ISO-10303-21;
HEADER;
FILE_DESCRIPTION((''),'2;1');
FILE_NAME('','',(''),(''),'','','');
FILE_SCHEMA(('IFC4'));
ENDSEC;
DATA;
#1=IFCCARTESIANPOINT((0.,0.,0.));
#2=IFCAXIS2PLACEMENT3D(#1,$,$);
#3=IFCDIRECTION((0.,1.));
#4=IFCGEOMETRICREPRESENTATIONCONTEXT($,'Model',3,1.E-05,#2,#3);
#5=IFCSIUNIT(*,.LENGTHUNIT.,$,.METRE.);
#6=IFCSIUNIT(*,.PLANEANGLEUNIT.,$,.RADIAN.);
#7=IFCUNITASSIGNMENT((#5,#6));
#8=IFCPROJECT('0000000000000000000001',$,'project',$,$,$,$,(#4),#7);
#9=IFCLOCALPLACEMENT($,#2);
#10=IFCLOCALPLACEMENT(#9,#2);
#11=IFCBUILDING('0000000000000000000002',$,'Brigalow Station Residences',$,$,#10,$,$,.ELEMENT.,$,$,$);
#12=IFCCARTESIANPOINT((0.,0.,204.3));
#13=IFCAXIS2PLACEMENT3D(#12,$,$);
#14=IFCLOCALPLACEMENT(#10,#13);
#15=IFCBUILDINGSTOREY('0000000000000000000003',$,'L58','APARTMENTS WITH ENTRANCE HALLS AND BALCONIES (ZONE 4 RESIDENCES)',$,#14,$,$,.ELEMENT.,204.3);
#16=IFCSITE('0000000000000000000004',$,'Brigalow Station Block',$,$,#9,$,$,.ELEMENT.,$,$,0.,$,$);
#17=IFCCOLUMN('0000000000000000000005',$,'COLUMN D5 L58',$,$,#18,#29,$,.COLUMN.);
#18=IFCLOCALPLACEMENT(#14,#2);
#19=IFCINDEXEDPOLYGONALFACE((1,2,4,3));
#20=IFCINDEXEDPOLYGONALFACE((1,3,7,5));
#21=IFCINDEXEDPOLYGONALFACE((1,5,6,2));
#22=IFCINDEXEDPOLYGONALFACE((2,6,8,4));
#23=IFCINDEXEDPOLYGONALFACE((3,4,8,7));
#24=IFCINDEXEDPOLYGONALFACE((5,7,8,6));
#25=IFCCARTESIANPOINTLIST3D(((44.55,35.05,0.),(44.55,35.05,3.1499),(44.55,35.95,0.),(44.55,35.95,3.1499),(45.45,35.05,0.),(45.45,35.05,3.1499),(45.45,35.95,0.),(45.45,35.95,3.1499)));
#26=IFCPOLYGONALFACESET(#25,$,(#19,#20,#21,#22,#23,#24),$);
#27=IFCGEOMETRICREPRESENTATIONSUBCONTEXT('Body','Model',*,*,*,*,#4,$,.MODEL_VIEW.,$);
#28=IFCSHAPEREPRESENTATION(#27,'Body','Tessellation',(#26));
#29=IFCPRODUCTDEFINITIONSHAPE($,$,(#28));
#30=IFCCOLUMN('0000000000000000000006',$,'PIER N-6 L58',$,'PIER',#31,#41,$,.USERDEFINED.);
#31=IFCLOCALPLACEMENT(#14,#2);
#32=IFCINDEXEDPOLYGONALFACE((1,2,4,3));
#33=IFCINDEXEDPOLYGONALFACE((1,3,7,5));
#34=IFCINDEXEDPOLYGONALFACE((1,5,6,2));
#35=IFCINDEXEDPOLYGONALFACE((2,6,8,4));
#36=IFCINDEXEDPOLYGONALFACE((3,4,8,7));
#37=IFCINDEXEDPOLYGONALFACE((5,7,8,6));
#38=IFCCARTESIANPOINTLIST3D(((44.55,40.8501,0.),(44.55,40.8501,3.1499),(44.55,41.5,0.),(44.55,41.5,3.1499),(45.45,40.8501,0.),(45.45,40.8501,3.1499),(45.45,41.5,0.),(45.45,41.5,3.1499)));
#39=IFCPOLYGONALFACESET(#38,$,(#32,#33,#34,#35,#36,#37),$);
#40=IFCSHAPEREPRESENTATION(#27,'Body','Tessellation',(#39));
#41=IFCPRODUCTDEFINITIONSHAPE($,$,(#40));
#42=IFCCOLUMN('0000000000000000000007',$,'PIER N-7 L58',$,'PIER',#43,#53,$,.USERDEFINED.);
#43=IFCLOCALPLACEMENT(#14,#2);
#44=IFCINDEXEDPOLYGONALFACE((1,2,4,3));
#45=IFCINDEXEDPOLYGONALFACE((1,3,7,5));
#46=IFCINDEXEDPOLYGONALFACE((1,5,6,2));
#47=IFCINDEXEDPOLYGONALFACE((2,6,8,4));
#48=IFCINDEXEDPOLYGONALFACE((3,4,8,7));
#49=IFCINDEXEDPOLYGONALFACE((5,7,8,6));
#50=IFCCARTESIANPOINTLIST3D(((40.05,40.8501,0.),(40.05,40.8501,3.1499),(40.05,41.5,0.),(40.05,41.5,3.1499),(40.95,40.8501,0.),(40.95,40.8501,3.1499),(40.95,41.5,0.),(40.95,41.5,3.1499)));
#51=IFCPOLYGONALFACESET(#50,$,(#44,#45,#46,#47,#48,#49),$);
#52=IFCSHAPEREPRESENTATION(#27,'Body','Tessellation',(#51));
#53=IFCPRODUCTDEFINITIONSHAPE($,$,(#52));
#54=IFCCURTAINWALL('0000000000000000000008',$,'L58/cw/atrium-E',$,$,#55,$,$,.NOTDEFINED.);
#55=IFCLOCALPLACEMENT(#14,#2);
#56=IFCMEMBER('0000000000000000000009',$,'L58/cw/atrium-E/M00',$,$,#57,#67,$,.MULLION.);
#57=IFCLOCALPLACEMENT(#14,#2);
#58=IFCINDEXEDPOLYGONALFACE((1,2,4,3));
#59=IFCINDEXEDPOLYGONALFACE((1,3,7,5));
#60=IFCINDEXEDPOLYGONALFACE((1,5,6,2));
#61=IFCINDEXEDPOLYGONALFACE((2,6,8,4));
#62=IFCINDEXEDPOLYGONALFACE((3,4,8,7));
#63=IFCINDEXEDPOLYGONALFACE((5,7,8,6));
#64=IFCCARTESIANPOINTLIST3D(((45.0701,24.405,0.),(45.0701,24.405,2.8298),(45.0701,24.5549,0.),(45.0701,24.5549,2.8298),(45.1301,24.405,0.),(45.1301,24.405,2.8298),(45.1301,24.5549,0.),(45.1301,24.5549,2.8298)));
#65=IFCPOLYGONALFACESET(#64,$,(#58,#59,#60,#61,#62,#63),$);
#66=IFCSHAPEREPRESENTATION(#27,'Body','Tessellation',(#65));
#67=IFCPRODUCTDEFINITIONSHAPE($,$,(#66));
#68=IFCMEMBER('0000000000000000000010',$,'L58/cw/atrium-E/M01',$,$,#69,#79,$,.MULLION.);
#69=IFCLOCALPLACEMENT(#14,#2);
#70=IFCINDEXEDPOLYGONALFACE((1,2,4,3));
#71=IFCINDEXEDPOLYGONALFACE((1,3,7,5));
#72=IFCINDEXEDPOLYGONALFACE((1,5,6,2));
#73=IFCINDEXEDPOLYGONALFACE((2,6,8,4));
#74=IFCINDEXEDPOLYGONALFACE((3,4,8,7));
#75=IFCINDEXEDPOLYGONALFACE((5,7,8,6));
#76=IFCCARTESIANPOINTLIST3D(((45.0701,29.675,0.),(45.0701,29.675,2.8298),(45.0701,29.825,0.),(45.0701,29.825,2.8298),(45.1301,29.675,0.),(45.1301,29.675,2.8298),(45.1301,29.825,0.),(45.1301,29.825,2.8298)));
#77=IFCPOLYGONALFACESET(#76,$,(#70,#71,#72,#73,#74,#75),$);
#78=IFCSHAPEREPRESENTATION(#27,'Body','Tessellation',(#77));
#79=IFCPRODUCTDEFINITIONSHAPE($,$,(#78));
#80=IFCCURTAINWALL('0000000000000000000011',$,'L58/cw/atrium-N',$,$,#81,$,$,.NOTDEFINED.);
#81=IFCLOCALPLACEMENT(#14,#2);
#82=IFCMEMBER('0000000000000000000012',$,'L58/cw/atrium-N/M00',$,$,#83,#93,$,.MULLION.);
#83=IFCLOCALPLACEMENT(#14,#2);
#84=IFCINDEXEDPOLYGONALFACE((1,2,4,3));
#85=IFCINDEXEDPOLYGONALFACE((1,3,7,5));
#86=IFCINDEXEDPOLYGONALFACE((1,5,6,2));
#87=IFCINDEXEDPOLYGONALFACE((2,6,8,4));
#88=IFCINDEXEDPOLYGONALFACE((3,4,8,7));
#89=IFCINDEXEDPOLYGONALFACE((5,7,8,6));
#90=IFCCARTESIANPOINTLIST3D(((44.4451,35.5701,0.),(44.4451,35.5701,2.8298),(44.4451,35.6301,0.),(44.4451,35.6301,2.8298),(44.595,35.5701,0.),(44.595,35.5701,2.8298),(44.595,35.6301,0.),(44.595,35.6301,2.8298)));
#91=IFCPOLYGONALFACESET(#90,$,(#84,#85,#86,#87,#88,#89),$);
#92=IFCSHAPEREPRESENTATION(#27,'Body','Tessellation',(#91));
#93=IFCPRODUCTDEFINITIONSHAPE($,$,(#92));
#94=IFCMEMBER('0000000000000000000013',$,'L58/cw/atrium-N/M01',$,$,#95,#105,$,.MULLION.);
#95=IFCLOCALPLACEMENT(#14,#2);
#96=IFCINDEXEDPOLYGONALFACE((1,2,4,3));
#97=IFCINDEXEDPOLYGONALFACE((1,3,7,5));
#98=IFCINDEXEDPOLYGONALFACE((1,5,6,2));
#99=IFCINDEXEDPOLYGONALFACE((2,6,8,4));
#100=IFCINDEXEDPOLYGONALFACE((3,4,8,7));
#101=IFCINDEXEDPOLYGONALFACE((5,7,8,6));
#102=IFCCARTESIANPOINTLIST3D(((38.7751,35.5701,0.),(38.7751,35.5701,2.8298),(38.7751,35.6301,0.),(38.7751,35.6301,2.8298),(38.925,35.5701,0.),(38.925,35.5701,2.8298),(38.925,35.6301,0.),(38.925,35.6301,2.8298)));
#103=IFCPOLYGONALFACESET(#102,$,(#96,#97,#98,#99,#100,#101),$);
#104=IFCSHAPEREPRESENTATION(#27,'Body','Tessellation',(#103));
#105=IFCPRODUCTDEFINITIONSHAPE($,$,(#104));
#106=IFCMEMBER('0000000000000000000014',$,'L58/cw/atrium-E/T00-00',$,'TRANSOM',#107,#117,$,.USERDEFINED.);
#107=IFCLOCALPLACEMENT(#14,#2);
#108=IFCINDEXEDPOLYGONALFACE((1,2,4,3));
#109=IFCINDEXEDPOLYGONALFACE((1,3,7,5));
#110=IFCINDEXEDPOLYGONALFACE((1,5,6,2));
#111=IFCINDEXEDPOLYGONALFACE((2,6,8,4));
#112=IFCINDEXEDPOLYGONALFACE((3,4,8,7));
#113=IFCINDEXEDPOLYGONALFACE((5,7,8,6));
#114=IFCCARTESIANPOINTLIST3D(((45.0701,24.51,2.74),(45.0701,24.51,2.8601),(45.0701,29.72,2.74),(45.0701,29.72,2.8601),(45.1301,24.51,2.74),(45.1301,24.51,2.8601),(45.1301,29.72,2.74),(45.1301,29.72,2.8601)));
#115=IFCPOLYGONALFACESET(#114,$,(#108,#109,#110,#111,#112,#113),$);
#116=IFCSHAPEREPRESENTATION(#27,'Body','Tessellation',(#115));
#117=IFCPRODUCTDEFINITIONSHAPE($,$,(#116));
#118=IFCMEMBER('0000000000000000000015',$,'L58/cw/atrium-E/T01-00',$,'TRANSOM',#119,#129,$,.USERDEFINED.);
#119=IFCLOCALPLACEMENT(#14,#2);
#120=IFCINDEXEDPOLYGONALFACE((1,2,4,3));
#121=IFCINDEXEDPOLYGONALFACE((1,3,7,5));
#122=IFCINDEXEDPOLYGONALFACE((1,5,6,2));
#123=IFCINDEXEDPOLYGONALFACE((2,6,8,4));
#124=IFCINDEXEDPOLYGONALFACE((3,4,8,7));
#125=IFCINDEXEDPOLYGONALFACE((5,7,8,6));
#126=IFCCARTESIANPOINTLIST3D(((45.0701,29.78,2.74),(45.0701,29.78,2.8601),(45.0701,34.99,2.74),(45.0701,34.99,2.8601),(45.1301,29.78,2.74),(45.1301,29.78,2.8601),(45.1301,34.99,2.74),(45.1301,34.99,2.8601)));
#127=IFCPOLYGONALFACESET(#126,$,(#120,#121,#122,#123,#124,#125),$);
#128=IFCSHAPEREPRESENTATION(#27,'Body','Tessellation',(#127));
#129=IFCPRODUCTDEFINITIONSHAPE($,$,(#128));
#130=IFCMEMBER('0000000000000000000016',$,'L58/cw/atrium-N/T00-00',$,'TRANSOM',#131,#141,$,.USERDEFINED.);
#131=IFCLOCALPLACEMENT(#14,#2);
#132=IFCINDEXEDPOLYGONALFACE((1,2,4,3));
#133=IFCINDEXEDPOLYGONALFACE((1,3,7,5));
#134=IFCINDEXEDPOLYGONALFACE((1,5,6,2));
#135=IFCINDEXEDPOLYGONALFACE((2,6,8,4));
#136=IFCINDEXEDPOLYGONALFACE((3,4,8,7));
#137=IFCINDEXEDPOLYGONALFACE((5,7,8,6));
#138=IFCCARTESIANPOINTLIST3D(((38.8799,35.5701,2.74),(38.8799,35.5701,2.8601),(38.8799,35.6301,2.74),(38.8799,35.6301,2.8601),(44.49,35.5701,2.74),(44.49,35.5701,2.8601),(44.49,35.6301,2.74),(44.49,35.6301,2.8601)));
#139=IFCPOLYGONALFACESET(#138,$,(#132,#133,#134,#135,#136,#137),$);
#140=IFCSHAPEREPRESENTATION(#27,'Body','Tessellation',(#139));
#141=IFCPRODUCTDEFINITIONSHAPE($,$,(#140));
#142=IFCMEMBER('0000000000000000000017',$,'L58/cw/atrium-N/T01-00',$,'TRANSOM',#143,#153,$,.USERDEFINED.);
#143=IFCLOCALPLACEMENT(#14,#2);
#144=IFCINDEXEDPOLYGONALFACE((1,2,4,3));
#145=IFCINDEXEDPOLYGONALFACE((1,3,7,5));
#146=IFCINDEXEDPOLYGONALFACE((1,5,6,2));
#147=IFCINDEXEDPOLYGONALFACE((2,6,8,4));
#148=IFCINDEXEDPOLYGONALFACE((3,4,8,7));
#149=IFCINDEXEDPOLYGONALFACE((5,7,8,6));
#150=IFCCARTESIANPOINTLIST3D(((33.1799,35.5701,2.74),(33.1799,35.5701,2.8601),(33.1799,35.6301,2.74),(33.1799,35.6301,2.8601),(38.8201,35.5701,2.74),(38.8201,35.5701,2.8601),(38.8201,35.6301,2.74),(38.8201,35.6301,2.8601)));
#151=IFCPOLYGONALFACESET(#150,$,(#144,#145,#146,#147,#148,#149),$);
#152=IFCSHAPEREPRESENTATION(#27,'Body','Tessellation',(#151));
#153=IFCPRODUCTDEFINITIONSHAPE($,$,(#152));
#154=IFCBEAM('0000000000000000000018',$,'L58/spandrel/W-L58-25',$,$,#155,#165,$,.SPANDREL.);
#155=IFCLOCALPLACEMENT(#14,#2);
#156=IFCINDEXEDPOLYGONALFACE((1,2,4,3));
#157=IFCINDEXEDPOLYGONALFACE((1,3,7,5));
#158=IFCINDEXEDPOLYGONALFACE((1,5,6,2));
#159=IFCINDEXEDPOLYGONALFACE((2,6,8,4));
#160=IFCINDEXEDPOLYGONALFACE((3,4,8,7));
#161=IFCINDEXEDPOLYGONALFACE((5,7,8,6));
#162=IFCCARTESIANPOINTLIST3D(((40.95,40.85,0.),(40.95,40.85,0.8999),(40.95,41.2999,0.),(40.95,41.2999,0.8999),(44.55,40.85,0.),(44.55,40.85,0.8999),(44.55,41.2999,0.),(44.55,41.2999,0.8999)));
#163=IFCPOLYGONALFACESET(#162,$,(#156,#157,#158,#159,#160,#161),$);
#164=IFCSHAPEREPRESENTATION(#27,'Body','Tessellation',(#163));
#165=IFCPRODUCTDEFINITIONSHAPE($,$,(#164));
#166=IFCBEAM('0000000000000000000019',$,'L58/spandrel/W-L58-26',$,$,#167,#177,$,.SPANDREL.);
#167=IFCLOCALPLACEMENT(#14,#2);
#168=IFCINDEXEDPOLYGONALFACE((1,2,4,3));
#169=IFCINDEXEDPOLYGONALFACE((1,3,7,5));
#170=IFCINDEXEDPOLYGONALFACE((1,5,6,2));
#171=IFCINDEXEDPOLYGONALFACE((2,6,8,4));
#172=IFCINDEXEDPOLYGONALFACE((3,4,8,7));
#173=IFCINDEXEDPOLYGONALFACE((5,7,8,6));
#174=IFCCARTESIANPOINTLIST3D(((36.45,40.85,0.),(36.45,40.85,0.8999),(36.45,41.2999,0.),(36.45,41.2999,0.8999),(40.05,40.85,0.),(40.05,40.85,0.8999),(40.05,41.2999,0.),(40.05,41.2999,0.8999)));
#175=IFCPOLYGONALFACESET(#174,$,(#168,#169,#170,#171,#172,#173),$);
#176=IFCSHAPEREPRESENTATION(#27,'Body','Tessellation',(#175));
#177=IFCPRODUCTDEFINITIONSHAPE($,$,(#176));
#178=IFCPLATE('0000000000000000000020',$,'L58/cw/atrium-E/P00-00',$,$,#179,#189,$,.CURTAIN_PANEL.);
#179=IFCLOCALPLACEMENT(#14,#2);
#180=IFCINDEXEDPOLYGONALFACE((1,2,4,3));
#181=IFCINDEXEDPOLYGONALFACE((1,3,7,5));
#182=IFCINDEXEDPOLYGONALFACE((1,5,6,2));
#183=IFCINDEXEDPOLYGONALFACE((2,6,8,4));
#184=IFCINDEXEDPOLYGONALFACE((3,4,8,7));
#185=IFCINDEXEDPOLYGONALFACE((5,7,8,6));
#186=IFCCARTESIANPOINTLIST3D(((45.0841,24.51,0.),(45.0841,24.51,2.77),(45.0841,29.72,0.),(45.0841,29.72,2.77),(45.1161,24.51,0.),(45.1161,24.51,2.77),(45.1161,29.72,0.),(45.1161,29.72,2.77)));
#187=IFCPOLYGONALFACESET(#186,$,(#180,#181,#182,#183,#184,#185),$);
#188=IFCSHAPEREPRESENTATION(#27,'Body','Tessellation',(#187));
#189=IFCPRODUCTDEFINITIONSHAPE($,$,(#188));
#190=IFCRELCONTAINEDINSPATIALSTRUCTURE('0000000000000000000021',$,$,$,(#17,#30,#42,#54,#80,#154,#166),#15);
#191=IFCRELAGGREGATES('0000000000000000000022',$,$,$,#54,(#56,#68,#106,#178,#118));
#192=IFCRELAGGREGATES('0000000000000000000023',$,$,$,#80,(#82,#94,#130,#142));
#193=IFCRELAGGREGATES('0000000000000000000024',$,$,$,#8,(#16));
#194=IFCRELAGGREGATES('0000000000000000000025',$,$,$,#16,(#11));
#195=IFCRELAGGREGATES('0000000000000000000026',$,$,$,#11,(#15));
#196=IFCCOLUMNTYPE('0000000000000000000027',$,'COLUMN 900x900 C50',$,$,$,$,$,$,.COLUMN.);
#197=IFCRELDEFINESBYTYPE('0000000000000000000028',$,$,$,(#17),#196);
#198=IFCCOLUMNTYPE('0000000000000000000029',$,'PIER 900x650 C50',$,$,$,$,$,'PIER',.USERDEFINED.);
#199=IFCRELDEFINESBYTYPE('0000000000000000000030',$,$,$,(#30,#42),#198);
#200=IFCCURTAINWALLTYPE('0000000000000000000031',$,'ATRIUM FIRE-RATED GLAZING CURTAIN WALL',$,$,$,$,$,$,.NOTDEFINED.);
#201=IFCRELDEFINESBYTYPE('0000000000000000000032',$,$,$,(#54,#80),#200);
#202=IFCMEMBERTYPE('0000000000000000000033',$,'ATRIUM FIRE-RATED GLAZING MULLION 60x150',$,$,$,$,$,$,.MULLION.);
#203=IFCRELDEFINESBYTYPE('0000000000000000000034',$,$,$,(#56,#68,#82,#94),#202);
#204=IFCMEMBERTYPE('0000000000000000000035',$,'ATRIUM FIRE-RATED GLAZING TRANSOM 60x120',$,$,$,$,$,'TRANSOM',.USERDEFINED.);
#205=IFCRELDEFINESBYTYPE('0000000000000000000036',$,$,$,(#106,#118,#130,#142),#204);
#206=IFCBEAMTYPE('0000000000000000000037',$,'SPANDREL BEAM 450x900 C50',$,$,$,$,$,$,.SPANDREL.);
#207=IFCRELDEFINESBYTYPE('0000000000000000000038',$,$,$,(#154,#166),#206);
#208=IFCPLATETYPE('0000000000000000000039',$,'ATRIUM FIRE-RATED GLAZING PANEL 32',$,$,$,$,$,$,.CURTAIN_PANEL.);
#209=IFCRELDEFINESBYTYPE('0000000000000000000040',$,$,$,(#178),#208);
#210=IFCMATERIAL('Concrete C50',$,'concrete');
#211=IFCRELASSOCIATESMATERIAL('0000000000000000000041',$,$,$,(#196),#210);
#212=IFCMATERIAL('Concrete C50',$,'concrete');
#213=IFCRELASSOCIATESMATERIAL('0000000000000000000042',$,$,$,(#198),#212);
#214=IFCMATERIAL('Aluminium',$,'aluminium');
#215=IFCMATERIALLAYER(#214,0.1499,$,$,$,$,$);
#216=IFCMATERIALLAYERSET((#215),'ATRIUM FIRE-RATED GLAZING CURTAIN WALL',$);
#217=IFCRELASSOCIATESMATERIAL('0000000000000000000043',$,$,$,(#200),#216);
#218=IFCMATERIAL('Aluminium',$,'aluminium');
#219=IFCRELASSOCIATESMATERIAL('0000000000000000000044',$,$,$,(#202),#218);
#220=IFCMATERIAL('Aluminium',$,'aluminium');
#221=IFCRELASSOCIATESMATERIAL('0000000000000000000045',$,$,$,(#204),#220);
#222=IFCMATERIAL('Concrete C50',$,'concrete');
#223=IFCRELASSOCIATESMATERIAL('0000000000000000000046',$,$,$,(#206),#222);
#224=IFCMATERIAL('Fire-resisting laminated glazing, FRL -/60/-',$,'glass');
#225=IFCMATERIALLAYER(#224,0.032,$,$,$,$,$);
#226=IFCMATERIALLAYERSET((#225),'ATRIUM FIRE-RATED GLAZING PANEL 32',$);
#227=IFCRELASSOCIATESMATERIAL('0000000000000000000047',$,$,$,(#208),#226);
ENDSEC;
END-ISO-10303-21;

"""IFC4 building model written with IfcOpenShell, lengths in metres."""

from ifc_helpers import new_model, si_unit, direction, frame, origin, origin_2d, place, context, subcontext, project, spatial, rectangle, extrude, material, layer, layer_set, material_profile, profile_set, type_object, element, aggregate, save


model = new_model("IFC4")

# Units and contexts
model_context = context("Model", 3, precision=1e-05, world=origin(), true_north=direction((0.0, 1.0)))
body_context = subcontext(model_context, "Body", "Model", "MODEL_VIEW")
ifc_project = project(units=[si_unit("LENGTHUNIT", "METRE"), si_unit("PLANEANGLEUNIT", "RADIAN")], contexts=[model_context])

# Site, building, storey
site_placement = place(None, origin())
site = spatial("IfcSite", under=ifc_project, at=site_placement, Name="Brigalow Station Block", CompositionType="ELEMENT", RefElevation=0.0)
building_placement = place(site_placement, origin())
building = spatial("IfcBuilding", under=site, at=building_placement, Name="Brigalow Station Residences", CompositionType="ELEMENT")
storey_placement = place(building_placement, frame((0.0, 0.0, 204.3)))
storey = spatial("IfcBuildingStorey", under=building, at=storey_placement, Name="L58", Description="APARTMENTS WITH ENTRANCE HALLS AND BALCONIES (ZONE 4 RESIDENCES)", CompositionType="ELEMENT", Elevation=204.3)

# Columns
ifc_material_1 = material(Name="Concrete C50", Category="concrete")
ifc_material_profile_1 = material_profile(ifc_material_1, rectangle(XDim=0.8999, YDim=0.8999, at=origin_2d()), Name="RC900x900")
ifc_profile_set_1 = profile_set([ifc_material_profile_1], Name="Concrete C50")
column_type_1 = type_object("IfcColumnType", Name="COLUMN 900x900 C50", PredefinedType="COLUMN", material=ifc_profile_set_1)
column_placement = place(storey_placement, frame((45.0, 35.5, 0.0), z_axis=(0.0, 0.0, 1.0), x_axis=(1.0, 0.0, 0.0)))
element("IfcColumn", 1, at=column_placement, inside=storey, type_object=column_type_1, Name="COLUMN D5 L58", PredefinedType="COLUMN", context=body_context, shape_type="SweptSolid", body=[
    extrude(rectangle(XDim=0.8999, YDim=0.8999, at=origin_2d()), origin(), (0.0, 0.0, 1.0), 3.1499),
])
ifc_material_2 = material(Name="Concrete C50", Category="concrete")
ifc_material_profile_2 = material_profile(ifc_material_2, rectangle(XDim=0.8999, YDim=0.6499, at=origin_2d()), Name="RC900x650")
ifc_profile_set_2 = profile_set([ifc_material_profile_2], Name="Concrete C50")
column_type_2 = type_object("IfcColumnType", Name="PIER 900x650 C50", ElementType="PIER", PredefinedType="USERDEFINED", material=ifc_profile_set_2)
for number, where, z_axis, x_axis, name in (
    (2, (45.0, 41.175, 0.0), (0.0, 0.0, 1.0), (-1.0, 0.0, 0.0), "PIER N-6 L58"),
    (3, (40.5, 41.175, 0.0), (0.0, 0.0, 1.0), (-1.0, 0.0, 0.0), "PIER N-7 L58"),
):
    element("IfcColumn", number, at=place(storey_placement, frame(where, z_axis=z_axis, x_axis=x_axis)), inside=storey, type_object=column_type_2, Name=name, ObjectType="PIER", PredefinedType="USERDEFINED", context=body_context, shape_type="SweptSolid", body=[
        extrude(rectangle(XDim=0.8999, YDim=0.6499, at=origin_2d()), origin(), (0.0, 0.0, 1.0), 3.1499),
    ])

# Curtain walls, members
ifc_material_3 = material(Name="Aluminium", Category="aluminium")
ifc_layer_1 = layer(ifc_material_3, 0.1499)
ifc_layer_set_1 = layer_set([ifc_layer_1], Name="ATRIUM FIRE-RATED GLAZING CURTAIN WALL")
curtain_wall_type = type_object("IfcCurtainWallType", Name="ATRIUM FIRE-RATED GLAZING CURTAIN WALL", PredefinedType="NOTDEFINED", material=ifc_layer_set_1)
curtain_wall_1_placement = place(storey_placement, origin())
curtain_wall_1 = element("IfcCurtainWall", 4, at=curtain_wall_1_placement, inside=storey, type_object=curtain_wall_type, Name="L58/cw/atrium-E", PredefinedType="NOTDEFINED")
ifc_material_4 = material(Name="Aluminium", Category="aluminium")
ifc_material_profile_3 = material_profile(ifc_material_4, rectangle(XDim=0.0601, YDim=0.1499, at=origin_2d()), Name="ATRIUM FIRE-RATED GLAZING MULLION 60x150")
ifc_profile_set_3 = profile_set([ifc_material_profile_3], Name="Aluminium")
member_type_1 = type_object("IfcMemberType", Name="ATRIUM FIRE-RATED GLAZING MULLION 60x150", PredefinedType="MULLION", material=ifc_profile_set_3)
member_1_placement = place(storey_placement, frame((45.1001, 24.48, 0.0), z_axis=(0.0, 0.0, 1.0), x_axis=(-1.0, 0.0, 0.0)))
member_1 = element("IfcMember", 5, at=member_1_placement, type_object=member_type_1, Name="L58/cw/atrium-E/M00", PredefinedType="MULLION", context=body_context, shape_type="SweptSolid", body=[
    extrude(rectangle(XDim=0.0601, YDim=0.1499, at=origin_2d()), origin(), (0.0, 0.0, 1.0), 2.8298),
])
member_2_placement = place(storey_placement, frame((45.1001, 29.75, 0.0), z_axis=(0.0, 0.0, 1.0), x_axis=(-1.0, 0.0, 0.0)))
member_2 = element("IfcMember", 6, at=member_2_placement, type_object=member_type_1, Name="L58/cw/atrium-E/M01", PredefinedType="MULLION", context=body_context, shape_type="SweptSolid", body=[
    extrude(rectangle(XDim=0.0601, YDim=0.1499, at=origin_2d()), origin(), (0.0, 0.0, 1.0), 2.8298),
])
curtain_wall_2_placement = place(storey_placement, origin())
curtain_wall_2 = element("IfcCurtainWall", 7, at=curtain_wall_2_placement, inside=storey, type_object=curtain_wall_type, Name="L58/cw/atrium-N", PredefinedType="NOTDEFINED")
member_3_placement = place(storey_placement, frame((44.52, 35.6001, 0.0), z_axis=(0.0, 0.0, 1.0), x_axis=(0.0, -1.0, 0.0)))
member_3 = element("IfcMember", 8, at=member_3_placement, type_object=member_type_1, Name="L58/cw/atrium-N/M00", PredefinedType="MULLION", context=body_context, shape_type="SweptSolid", body=[
    extrude(rectangle(XDim=0.0601, YDim=0.1499, at=origin_2d()), origin(), (0.0, 0.0, 1.0), 2.8298),
])
member_4_placement = place(storey_placement, frame((38.8501, 35.6001, 0.0), z_axis=(0.0, 0.0, 1.0), x_axis=(0.0, -1.0, 0.0)))
member_4 = element("IfcMember", 9, at=member_4_placement, type_object=member_type_1, Name="L58/cw/atrium-N/M01", PredefinedType="MULLION", context=body_context, shape_type="SweptSolid", body=[
    extrude(rectangle(XDim=0.0601, YDim=0.1499, at=origin_2d()), origin(), (0.0, 0.0, 1.0), 2.8298),
])

# Members
ifc_material_5 = material(Name="Aluminium", Category="aluminium")
ifc_material_profile_4 = material_profile(ifc_material_5, rectangle(XDim=0.0601, YDim=0.1201, at=origin_2d()), Name="ATRIUM FIRE-RATED GLAZING TRANSOM 60x120")
ifc_profile_set_4 = profile_set([ifc_material_profile_4], Name="Aluminium")
member_type_2 = type_object("IfcMemberType", Name="ATRIUM FIRE-RATED GLAZING TRANSOM 60x120", ElementType="TRANSOM", PredefinedType="USERDEFINED", material=ifc_profile_set_4)
member_5_placement = place(storey_placement, frame((45.1001, 24.51, 2.8), z_axis=(0.0, 1.0, 0.0), x_axis=(-1.0, 0.0, 0.0)))
member_5 = element("IfcMember", 10, at=member_5_placement, type_object=member_type_2, Name="L58/cw/atrium-E/T00-00", ObjectType="TRANSOM", PredefinedType="USERDEFINED", context=body_context, shape_type="SweptSolid", body=[
    extrude(rectangle(XDim=0.0601, YDim=0.1201, at=origin_2d()), origin(), (0.0, 0.0, 1.0), 5.21),
])
member_6_placement = place(storey_placement, frame((45.1001, 29.78, 2.8), z_axis=(0.0, 1.0, 0.0), x_axis=(-1.0, 0.0, 0.0)))
member_6 = element("IfcMember", 11, at=member_6_placement, type_object=member_type_2, Name="L58/cw/atrium-E/T01-00", ObjectType="TRANSOM", PredefinedType="USERDEFINED", context=body_context, shape_type="SweptSolid", body=[
    extrude(rectangle(XDim=0.0601, YDim=0.1201, at=origin_2d()), origin(), (0.0, 0.0, 1.0), 5.21),
])
member_7_placement = place(storey_placement, frame((44.49, 35.6001, 2.8), z_axis=(-1.0, 0.0, 0.0), x_axis=(0.0, -1.0, 0.0)))
member_7 = element("IfcMember", 12, at=member_7_placement, type_object=member_type_2, Name="L58/cw/atrium-N/T00-00", ObjectType="TRANSOM", PredefinedType="USERDEFINED", context=body_context, shape_type="SweptSolid", body=[
    extrude(rectangle(XDim=0.0601, YDim=0.1201, at=origin_2d()), origin(), (0.0, 0.0, 1.0), 5.6101),
])
member_8_placement = place(storey_placement, frame((38.8201, 35.6001, 2.8), z_axis=(-1.0, 0.0, 0.0), x_axis=(0.0, -1.0, 0.0)))
member_8 = element("IfcMember", 13, at=member_8_placement, type_object=member_type_2, Name="L58/cw/atrium-N/T01-00", ObjectType="TRANSOM", PredefinedType="USERDEFINED", context=body_context, shape_type="SweptSolid", body=[
    extrude(rectangle(XDim=0.0601, YDim=0.1201, at=origin_2d()), origin(), (0.0, 0.0, 1.0), 5.6401),
])

# Beams
ifc_material_6 = material(Name="Concrete C50", Category="concrete")
ifc_material_profile_5 = material_profile(ifc_material_6, rectangle(XDim=0.45, YDim=0.8999, at=origin_2d()), Name="RC450x900")
ifc_profile_set_5 = profile_set([ifc_material_profile_5], Name="Concrete C50")
beam_type = type_object("IfcBeamType", Name="SPANDREL BEAM 450x900 C50", PredefinedType="SPANDREL", material=ifc_profile_set_5)
for number, where, z_axis, x_axis, name in (
    (14, (44.55, 41.075, 0.45), (-1.0, 0.0, 0.0), (0.0, -1.0, 0.0), "L58/spandrel/W-L58-25"),
    (15, (40.05, 41.075, 0.45), (-1.0, 0.0, 0.0), (0.0, -1.0, 0.0), "L58/spandrel/W-L58-26"),
):
    element("IfcBeam", number, at=place(storey_placement, frame(where, z_axis=z_axis, x_axis=x_axis)), inside=storey, type_object=beam_type, Name=name, PredefinedType="SPANDREL", context=body_context, shape_type="SweptSolid", body=[
        extrude(rectangle(XDim=0.45, YDim=0.8999, at=origin_2d()), origin(), (0.0, 0.0, 1.0), 3.6001),
    ])

# Plate
ifc_material_7 = material(Name="Fire-resisting laminated glazing, FRL -/60/-", Category="glass")
ifc_layer_2 = layer(ifc_material_7, 0.032)
ifc_layer_set_2 = layer_set([ifc_layer_2], Name="ATRIUM FIRE-RATED GLAZING PANEL 32")
plate_type = type_object("IfcPlateType", Name="ATRIUM FIRE-RATED GLAZING PANEL 32", PredefinedType="CURTAIN_PANEL", material=ifc_layer_set_2)
plate_1_placement = place(storey_placement, frame((45.1001, 27.115, 0.0), z_axis=(0.0, 0.0, 1.0), x_axis=(0.0, 1.0, 0.0)))
plate_1 = element("IfcPlate", 16, at=plate_1_placement, type_object=plate_type, Name="L58/cw/atrium-E/P00-00", PredefinedType="CURTAIN_PANEL", context=body_context, shape_type="SweptSolid", body=[
    extrude(rectangle(XDim=5.21, YDim=0.032, at=origin_2d()), origin(), (0.0, 0.0, 1.0), 2.77),
])
aggregate(curtain_wall_1, [member_1, member_2, member_5, plate_1, member_6])
aggregate(curtain_wall_2, [member_3, member_4, member_7, member_8])

save(model, "model.ifc")
